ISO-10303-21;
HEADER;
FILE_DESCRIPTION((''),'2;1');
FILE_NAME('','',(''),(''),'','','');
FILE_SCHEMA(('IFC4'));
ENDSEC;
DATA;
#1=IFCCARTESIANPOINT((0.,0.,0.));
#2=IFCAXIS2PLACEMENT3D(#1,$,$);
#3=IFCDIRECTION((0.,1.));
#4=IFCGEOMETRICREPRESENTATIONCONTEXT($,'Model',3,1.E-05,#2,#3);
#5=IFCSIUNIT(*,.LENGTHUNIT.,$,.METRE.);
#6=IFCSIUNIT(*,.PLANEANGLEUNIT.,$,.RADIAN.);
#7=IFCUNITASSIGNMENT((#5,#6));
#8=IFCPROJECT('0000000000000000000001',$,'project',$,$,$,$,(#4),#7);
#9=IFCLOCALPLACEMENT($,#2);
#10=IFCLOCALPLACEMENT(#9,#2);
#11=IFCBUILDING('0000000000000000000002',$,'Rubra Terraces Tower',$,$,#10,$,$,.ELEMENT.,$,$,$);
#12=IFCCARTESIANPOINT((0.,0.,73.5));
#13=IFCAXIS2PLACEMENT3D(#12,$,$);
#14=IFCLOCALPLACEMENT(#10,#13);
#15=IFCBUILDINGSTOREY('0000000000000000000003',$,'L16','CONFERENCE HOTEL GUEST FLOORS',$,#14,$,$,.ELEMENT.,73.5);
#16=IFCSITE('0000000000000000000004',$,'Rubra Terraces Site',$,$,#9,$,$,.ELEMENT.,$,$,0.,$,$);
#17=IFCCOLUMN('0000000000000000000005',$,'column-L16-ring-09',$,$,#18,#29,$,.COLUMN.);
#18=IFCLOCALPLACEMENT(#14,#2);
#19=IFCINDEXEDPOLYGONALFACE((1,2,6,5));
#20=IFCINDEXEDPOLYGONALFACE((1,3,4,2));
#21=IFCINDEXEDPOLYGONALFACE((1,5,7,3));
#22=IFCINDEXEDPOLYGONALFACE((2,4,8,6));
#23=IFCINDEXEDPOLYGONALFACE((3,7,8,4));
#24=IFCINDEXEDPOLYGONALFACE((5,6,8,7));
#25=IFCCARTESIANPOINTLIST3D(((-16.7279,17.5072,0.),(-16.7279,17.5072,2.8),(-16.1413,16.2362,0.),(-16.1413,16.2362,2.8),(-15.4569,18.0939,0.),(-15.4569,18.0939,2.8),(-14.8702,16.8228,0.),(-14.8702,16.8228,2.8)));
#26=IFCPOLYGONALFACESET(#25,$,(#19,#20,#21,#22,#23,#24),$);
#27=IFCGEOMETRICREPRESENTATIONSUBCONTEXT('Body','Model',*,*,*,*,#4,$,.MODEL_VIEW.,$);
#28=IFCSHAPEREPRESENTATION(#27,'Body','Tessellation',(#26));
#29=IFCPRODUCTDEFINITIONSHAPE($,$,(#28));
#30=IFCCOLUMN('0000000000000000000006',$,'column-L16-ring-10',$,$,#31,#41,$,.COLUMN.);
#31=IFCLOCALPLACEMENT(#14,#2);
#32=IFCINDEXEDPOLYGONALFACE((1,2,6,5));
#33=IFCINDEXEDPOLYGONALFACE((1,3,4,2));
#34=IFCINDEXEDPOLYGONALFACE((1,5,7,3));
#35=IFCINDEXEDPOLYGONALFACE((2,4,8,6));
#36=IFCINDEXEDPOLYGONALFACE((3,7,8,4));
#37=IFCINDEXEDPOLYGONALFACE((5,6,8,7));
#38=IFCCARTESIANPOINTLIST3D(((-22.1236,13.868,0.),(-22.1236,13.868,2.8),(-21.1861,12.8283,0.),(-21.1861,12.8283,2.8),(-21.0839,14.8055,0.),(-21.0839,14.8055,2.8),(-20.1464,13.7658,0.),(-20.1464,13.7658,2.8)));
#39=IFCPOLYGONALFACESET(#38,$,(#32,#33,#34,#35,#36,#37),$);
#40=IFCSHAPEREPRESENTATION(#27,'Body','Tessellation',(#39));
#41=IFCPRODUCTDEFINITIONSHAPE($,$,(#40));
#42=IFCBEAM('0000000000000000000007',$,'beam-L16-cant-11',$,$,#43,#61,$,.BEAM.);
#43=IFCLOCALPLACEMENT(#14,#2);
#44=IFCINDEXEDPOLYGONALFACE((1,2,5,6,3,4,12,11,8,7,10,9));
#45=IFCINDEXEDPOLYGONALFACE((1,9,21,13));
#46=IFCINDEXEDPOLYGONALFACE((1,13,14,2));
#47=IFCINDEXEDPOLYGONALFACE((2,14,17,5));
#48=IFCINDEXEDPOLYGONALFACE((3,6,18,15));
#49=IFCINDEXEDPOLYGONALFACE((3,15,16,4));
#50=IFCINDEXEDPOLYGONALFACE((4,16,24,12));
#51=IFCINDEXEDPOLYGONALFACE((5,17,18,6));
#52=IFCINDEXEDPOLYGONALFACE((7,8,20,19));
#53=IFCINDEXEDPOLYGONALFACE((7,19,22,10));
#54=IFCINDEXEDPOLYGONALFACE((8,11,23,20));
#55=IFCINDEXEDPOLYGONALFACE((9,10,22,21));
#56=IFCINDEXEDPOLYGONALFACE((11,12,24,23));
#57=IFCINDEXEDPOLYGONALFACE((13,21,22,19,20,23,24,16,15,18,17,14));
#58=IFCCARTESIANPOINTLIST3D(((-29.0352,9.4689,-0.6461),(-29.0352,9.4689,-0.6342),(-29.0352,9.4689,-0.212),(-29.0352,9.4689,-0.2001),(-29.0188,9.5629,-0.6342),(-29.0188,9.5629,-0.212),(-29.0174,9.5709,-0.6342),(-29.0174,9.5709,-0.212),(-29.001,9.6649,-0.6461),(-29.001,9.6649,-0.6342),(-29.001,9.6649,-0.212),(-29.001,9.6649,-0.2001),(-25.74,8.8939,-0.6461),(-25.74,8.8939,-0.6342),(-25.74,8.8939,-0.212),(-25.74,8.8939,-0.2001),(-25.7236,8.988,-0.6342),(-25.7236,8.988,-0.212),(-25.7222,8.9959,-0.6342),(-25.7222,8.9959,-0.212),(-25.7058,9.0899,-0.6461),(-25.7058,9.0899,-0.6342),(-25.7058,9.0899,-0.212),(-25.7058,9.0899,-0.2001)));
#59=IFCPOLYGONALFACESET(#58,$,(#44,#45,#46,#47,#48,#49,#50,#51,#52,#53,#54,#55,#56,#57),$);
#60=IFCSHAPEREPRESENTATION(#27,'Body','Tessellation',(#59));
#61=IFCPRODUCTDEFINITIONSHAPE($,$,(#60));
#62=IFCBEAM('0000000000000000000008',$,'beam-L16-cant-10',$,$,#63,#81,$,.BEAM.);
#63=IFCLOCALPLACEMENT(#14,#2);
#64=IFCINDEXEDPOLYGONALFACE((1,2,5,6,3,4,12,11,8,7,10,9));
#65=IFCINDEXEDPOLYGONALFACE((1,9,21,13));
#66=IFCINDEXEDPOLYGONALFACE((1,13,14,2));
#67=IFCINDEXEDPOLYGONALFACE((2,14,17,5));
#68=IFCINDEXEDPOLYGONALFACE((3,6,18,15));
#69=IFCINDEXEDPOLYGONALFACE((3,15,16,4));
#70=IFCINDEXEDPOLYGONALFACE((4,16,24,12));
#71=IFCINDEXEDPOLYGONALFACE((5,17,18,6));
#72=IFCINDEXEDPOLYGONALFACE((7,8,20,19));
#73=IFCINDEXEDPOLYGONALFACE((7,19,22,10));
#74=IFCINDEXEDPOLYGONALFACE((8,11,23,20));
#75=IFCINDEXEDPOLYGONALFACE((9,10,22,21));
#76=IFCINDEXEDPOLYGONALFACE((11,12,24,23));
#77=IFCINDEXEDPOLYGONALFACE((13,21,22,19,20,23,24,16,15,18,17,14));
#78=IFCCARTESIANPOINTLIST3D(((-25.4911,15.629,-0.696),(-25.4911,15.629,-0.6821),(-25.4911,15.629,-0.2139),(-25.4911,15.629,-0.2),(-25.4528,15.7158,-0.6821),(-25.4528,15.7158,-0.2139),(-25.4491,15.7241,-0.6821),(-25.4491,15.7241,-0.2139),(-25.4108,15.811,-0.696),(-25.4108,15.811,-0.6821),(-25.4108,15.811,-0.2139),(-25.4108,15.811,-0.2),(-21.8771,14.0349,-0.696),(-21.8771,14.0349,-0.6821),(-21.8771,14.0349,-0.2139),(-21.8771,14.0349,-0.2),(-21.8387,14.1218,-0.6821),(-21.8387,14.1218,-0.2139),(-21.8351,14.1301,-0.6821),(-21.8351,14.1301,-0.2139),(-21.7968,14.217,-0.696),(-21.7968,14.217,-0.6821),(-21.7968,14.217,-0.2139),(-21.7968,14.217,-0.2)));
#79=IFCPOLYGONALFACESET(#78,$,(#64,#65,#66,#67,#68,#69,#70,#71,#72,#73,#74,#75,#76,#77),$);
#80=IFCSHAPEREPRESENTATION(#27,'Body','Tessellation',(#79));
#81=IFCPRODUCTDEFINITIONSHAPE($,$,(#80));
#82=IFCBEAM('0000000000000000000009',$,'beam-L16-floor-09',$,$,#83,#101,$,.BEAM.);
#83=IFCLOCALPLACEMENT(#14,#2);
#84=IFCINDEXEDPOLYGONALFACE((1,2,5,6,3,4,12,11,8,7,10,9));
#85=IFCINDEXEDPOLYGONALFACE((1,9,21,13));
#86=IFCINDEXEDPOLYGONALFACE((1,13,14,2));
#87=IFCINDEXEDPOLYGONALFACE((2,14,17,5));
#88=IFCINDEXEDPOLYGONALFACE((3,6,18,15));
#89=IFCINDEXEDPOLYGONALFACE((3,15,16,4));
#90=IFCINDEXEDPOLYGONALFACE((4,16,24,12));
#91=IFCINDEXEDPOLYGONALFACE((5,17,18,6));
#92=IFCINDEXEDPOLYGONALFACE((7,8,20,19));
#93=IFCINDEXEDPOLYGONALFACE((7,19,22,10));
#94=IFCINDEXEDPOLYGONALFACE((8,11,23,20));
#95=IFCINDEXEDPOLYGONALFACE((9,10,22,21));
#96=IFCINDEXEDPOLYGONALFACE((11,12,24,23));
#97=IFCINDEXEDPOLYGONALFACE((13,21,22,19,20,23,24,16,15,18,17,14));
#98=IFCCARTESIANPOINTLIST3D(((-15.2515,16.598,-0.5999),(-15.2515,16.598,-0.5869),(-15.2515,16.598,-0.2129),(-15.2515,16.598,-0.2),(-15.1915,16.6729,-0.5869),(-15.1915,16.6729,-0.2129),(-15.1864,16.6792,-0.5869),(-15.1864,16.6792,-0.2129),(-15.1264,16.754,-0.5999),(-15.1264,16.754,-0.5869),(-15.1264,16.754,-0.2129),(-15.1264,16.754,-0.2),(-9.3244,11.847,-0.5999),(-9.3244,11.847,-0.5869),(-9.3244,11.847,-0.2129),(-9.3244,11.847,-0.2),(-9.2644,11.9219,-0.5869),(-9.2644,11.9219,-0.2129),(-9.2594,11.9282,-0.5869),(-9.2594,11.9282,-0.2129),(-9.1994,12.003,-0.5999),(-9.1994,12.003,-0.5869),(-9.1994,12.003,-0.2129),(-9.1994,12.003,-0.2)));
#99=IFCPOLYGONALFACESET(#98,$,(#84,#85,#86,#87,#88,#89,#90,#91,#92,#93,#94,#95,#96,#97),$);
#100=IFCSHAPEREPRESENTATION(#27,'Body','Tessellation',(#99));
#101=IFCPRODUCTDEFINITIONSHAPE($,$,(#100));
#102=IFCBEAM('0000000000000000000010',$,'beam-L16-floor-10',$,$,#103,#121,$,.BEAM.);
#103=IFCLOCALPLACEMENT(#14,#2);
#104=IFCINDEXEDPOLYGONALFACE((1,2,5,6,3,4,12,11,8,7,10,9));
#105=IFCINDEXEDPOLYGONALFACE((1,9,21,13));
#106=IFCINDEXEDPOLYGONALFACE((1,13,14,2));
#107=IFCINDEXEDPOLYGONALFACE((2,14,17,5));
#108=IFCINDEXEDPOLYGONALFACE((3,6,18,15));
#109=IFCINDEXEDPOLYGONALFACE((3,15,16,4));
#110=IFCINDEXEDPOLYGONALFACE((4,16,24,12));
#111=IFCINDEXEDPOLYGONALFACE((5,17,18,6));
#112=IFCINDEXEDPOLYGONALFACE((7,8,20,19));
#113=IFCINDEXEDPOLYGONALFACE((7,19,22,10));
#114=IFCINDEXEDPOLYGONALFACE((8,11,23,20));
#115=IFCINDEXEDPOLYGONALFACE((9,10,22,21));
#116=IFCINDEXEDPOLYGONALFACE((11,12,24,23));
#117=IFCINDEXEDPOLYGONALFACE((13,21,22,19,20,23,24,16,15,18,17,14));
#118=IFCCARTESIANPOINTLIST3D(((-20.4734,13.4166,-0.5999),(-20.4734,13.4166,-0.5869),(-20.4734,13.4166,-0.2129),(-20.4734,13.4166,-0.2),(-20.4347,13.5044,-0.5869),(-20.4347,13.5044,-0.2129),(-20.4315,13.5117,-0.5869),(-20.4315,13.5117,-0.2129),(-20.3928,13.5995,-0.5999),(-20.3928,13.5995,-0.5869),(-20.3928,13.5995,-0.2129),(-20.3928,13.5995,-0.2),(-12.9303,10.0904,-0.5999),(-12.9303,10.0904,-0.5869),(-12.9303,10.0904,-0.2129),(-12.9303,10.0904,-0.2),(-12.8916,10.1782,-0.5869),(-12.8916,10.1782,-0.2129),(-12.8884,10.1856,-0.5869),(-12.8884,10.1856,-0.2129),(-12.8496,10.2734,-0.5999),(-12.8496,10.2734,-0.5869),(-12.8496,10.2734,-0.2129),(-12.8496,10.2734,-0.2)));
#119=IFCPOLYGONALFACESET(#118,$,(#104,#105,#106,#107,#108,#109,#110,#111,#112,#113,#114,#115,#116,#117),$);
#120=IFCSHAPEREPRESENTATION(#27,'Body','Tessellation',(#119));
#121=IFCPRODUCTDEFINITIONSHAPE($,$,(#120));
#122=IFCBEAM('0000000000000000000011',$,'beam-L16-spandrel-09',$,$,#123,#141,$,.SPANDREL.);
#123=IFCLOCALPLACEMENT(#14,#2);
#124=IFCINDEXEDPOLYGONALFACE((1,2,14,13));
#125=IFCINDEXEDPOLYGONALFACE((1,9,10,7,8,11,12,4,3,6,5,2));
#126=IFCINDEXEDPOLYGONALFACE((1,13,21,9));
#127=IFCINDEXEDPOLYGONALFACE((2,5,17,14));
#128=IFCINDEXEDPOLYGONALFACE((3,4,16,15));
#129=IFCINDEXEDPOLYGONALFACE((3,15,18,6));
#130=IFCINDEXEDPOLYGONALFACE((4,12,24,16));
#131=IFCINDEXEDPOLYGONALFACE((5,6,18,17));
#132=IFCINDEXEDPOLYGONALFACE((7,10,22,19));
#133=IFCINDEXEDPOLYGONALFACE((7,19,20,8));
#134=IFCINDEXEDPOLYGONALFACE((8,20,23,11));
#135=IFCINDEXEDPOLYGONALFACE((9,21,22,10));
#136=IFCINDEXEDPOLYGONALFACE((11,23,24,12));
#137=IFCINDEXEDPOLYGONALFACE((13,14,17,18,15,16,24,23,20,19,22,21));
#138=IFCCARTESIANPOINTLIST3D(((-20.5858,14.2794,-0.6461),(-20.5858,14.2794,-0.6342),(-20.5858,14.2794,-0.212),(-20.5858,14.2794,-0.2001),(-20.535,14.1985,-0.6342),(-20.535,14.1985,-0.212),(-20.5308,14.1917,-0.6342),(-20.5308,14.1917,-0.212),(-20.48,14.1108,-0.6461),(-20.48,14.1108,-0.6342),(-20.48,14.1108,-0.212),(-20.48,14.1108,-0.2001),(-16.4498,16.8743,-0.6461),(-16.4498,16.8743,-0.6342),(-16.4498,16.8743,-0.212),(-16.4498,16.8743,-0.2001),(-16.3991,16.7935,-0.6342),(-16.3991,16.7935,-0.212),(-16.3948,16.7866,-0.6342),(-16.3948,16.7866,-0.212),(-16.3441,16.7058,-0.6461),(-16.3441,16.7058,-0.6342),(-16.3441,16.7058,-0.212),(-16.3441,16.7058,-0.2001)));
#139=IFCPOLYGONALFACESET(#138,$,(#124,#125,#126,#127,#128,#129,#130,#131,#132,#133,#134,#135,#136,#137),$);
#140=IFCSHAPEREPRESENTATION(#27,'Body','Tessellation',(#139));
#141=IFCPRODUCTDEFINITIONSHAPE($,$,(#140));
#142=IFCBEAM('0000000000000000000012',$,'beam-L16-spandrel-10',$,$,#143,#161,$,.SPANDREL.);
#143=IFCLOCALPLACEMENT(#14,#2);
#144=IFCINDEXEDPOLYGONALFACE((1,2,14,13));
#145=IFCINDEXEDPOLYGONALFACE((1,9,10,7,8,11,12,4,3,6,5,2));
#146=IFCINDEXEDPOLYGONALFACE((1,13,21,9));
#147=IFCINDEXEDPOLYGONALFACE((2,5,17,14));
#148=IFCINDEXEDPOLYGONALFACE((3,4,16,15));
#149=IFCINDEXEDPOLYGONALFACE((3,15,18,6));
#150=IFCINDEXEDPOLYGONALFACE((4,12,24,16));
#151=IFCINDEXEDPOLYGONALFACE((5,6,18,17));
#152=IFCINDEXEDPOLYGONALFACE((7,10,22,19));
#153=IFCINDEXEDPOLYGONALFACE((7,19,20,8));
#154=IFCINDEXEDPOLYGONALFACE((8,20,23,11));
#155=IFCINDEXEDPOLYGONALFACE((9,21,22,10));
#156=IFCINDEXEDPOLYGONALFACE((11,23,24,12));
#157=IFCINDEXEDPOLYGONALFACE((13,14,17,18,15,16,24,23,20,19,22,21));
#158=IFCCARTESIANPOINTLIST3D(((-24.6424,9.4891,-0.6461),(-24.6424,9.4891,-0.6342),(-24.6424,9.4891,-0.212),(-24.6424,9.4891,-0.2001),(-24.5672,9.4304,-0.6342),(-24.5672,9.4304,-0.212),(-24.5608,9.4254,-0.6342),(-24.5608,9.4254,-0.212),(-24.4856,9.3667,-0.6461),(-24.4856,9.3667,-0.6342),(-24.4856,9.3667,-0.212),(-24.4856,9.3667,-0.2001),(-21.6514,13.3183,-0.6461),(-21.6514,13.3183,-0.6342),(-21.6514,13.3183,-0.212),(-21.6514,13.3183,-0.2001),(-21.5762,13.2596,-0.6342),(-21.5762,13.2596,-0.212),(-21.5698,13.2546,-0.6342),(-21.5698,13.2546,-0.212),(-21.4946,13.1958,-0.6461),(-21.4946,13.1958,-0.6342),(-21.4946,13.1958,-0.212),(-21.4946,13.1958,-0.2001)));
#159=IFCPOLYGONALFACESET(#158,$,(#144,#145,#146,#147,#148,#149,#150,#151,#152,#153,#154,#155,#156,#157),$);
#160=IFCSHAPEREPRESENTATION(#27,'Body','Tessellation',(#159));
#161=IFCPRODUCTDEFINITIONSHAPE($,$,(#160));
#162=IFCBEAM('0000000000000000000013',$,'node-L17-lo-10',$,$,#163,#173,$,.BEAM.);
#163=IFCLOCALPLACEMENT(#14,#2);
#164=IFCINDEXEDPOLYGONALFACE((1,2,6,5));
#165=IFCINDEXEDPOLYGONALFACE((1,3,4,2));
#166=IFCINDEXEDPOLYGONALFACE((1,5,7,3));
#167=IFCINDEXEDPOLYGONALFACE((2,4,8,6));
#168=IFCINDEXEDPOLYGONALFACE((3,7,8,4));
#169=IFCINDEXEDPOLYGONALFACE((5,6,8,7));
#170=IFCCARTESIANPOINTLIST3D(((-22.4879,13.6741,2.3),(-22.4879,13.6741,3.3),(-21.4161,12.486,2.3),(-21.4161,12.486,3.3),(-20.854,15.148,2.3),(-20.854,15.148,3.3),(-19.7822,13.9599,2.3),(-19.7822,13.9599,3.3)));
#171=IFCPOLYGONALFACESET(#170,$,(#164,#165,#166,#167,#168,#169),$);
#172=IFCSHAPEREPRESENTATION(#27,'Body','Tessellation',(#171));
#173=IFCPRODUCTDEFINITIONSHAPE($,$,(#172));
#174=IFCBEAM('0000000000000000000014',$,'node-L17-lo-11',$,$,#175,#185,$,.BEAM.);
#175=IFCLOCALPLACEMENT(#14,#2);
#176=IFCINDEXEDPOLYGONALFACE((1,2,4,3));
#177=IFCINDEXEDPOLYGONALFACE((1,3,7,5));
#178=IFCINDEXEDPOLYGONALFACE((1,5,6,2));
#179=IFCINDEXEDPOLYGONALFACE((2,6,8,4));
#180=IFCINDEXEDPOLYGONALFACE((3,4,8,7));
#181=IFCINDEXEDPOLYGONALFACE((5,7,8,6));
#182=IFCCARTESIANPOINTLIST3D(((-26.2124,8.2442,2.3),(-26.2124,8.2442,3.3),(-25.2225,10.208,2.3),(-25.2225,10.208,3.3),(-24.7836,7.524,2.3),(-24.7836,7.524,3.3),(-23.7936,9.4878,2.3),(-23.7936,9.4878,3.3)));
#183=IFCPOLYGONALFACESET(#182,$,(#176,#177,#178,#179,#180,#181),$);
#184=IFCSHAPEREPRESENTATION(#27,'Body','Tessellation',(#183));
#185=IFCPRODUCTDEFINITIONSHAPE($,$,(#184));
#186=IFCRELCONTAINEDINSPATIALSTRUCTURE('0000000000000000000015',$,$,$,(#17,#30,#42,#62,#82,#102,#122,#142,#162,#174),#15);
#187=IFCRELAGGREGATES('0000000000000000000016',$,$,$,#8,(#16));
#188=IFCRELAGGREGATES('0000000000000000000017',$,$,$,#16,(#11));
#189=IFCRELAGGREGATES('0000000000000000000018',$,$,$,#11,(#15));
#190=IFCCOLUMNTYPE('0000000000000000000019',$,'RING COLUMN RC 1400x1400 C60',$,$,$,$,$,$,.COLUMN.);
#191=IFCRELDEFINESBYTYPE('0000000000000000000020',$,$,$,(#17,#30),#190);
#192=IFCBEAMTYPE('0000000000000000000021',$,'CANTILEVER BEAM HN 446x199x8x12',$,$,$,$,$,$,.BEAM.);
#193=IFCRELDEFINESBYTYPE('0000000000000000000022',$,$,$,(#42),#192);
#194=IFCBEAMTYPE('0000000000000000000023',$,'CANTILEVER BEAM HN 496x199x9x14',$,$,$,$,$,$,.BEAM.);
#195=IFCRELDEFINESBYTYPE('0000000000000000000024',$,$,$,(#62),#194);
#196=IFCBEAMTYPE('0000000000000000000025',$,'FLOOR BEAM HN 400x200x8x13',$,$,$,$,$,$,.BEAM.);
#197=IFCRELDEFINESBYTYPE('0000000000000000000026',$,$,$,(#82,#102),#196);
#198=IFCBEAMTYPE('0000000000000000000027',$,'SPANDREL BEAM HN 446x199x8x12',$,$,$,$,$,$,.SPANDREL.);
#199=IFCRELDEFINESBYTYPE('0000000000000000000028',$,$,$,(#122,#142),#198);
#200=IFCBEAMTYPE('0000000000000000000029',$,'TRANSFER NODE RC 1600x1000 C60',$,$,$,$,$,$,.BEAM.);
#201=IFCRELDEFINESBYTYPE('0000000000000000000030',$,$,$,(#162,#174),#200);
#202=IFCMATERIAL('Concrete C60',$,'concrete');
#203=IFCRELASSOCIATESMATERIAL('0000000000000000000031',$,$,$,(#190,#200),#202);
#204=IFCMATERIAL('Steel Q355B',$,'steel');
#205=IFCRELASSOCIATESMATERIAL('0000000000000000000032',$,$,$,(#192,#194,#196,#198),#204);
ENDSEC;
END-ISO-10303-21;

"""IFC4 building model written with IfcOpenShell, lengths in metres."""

from ifc_helpers import new_model, si_unit, direction, frame, origin, origin_2d, place, context, subcontext, project, spatial, rectangle, i_section, extrude, material, material_profile, profile_set, type_object, element, save


model = new_model("IFC4")

# Units and contexts
model_context = context("Model", 3, precision=1e-05, world=origin(), true_north=direction((0.0, 1.0)))
body_context = subcontext(model_context, "Body", "Model", "MODEL_VIEW")
ifc_project = project(units=[si_unit("LENGTHUNIT", "METRE"), si_unit("PLANEANGLEUNIT", "RADIAN")], contexts=[model_context])

# Site, building, storey
site_placement = place(None, origin())
site = spatial("IfcSite", under=ifc_project, at=site_placement, Name="Rubra Terraces Site", CompositionType="ELEMENT", RefElevation=0.0)
building_placement = place(site_placement, origin())
building = spatial("IfcBuilding", under=site, at=building_placement, Name="Rubra Terraces Tower", CompositionType="ELEMENT")
storey_placement = place(building_placement, frame((0.0, 0.0, 73.5)))
storey = spatial("IfcBuildingStorey", under=building, at=storey_placement, Name="L16", Description="CONFERENCE HOTEL GUEST FLOORS", CompositionType="ELEMENT", Elevation=73.5)

# Columns
ifc_material_1 = material(Name="Concrete C60", Category="concrete")
ifc_material_profile_1 = material_profile(ifc_material_1, rectangle(XDim=1.3999, YDim=1.3999, at=origin_2d()), Name="RC 1400x1400")
ifc_profile_set_1 = profile_set([ifc_material_profile_1], Name="Concrete C60")
column_type = type_object("IfcColumnType", Name="RING COLUMN RC 1400x1400 C60", PredefinedType="COLUMN", material=ifc_profile_set_1)
for number, where, z_axis, x_axis, name in (
    (1, (-15.7991, 17.165, 0.0), (0.0, 0.0, 1.0), (-0.907952, -0.419073, 0.0), "column-L16-ring-09"),
    (2, (-21.135, 13.8169, 0.0), (0.0, 0.0, 1.0), (-0.742676, -0.669651, 0.0), "column-L16-ring-10"),
):
    element("IfcColumn", number, at=place(storey_placement, frame(where, z_axis=z_axis, x_axis=x_axis)), inside=storey, type_object=column_type, Name=name, PredefinedType="COLUMN", context=body_context, shape_type="SweptSolid", body=[
        extrude(rectangle(XDim=1.3999, YDim=1.3999, at=origin_2d()), origin(), (0.0, 0.0, 1.0), 2.8),
    ])

# Beams
ifc_material_2 = material(Name="Steel Q355B", Category="steel")
ifc_material_profile_2 = material_profile(ifc_material_2, i_section(OverallWidth=0.199, OverallDepth=0.446, WebThickness=0.0081, FlangeThickness=0.012, at=origin_2d()), Name="HN 446x199x8x12")
ifc_profile_set_2 = profile_set([ifc_material_profile_2], Name="Steel Q355B")
beam_type_1 = type_object("IfcBeamType", Name="CANTILEVER BEAM HN 446x199x8x12", PredefinedType="BEAM", material=ifc_profile_set_2)
beam_1_placement = place(storey_placement, frame((-25.7229, 8.9919, -0.4231), z_axis=(-0.985117, 0.171886, 0.0), x_axis=(-0.171886, -0.985117, 0.0)))
element("IfcBeam", 3, at=beam_1_placement, inside=storey, type_object=beam_type_1, Name="beam-L16-cant-11", PredefinedType="BEAM", context=body_context, shape_type="SweptSolid", body=[
    extrude(i_section(OverallWidth=0.199, OverallDepth=0.446, WebThickness=0.0081, FlangeThickness=0.012, at=origin_2d()), origin(), (0.0, 0.0, 1.0), 3.345),
])
ifc_material_profile_3 = material_profile(ifc_material_2, i_section(OverallWidth=0.199, OverallDepth=0.4961, WebThickness=0.009, FlangeThickness=0.0139, at=origin_2d()), Name="HN 496x199x9x14")
ifc_profile_set_3 = profile_set([ifc_material_profile_3], Name="Steel Q355B")
beam_type_2 = type_object("IfcBeamType", Name="CANTILEVER BEAM HN 496x199x9x14", PredefinedType="BEAM", material=ifc_profile_set_3)
beam_2_placement = place(storey_placement, frame((-21.8369, 14.126, -0.448), z_axis=(-0.914957, 0.40355, 0.0), x_axis=(-0.40355, -0.914957, 0.0)))
element("IfcBeam", 4, at=beam_2_placement, inside=storey, type_object=beam_type_2, Name="beam-L16-cant-10", PredefinedType="BEAM", context=body_context, shape_type="SweptSolid", body=[
    extrude(i_section(OverallWidth=0.199, OverallDepth=0.4961, WebThickness=0.009, FlangeThickness=0.0139, at=origin_2d()), origin(), (0.0, 0.0, 1.0), 3.95),
])
ifc_material_profile_4 = material_profile(ifc_material_2, i_section(OverallWidth=0.2, OverallDepth=0.3999, WebThickness=0.0081, FlangeThickness=0.0129, at=origin_2d()), Name="HN 400x200x8x13")
ifc_profile_set_4 = profile_set([ifc_material_profile_4], Name="Steel Q355B")
beam_type_3 = type_object("IfcBeamType", Name="FLOOR BEAM HN 400x200x8x13", PredefinedType="BEAM", material=ifc_profile_set_4)
beam_3_placement = place(storey_placement, frame((-15.189, 16.676, -0.3999), z_axis=(0.780266, -0.625447, 0.0), x_axis=(0.625447, 0.780266, 0.0)))
element("IfcBeam", 5, at=beam_3_placement, inside=storey, type_object=beam_type_3, Name="beam-L16-floor-09", PredefinedType="BEAM", context=body_context, shape_type="SweptSolid", body=[
    extrude(i_section(OverallWidth=0.2, OverallDepth=0.3999, WebThickness=0.0081, FlangeThickness=0.0129, at=origin_2d()), origin(), (0.0, 0.0, 1.0), 7.5962),
])
beam_4_placement = place(storey_placement, frame((-20.4331, 13.5081, -0.3999), z_axis=(0.914995, -0.403466, 0.0), x_axis=(0.403466, 0.914995, 0.0)))
element("IfcBeam", 6, at=beam_4_placement, inside=storey, type_object=beam_type_3, Name="beam-L16-floor-10", PredefinedType="BEAM", context=body_context, shape_type="SweptSolid", body=[
    extrude(i_section(OverallWidth=0.2, OverallDepth=0.3999, WebThickness=0.0081, FlangeThickness=0.0129, at=origin_2d()), origin(), (0.0, 0.0, 1.0), 8.2439),
])
ifc_material_profile_5 = material_profile(ifc_material_2, i_section(OverallWidth=0.199, OverallDepth=0.446, WebThickness=0.0081, FlangeThickness=0.012, at=origin_2d()), Name="HN 446x199x8x12")
ifc_profile_set_5 = profile_set([ifc_material_profile_5], Name="Steel Q355B")
beam_type_4 = type_object("IfcBeamType", Name="SPANDREL BEAM HN 446x199x8x12", PredefinedType="SPANDREL", material=ifc_profile_set_5)
beam_5_placement = place(storey_placement, frame((-16.397, 16.79, -0.4231), z_axis=(-0.847078, -0.531468, 0.0), x_axis=(0.531468, -0.847078, 0.0)))
element("IfcBeam", 7, at=beam_5_placement, inside=storey, type_object=beam_type_4, Name="beam-L16-spandrel-09", PredefinedType="SPANDREL", context=body_context, shape_type="SweptSolid", body=[
    extrude(i_section(OverallWidth=0.199, OverallDepth=0.446, WebThickness=0.0081, FlangeThickness=0.012, at=origin_2d()), origin(), (0.0, 0.0, 1.0), 4.8826),
])
beam_6_placement = place(storey_placement, frame((-21.573, 13.2571, -0.4231), z_axis=(-0.615578, -0.788076, 0.0), x_axis=(0.788076, -0.615578, 0.0)))
element("IfcBeam", 8, at=beam_6_placement, inside=storey, type_object=beam_type_4, Name="beam-L16-spandrel-10", PredefinedType="SPANDREL", context=body_context, shape_type="SweptSolid", body=[
    extrude(i_section(OverallWidth=0.199, OverallDepth=0.446, WebThickness=0.0081, FlangeThickness=0.012, at=origin_2d()), origin(), (0.0, 0.0, 1.0), 4.8589),
])
ifc_material_profile_6 = material_profile(ifc_material_1, rectangle(XDim=1.6001, YDim=1.0, at=origin_2d()), Name="RC 1600x1000")
ifc_profile_set_6 = profile_set([ifc_material_profile_6], Name="Concrete C60")
beam_type_5 = type_object("IfcBeamType", Name="TRANSFER NODE RC 1600x1000 C60", PredefinedType="BEAM", material=ifc_profile_set_6)
beam_7_placement = place(storey_placement, frame((-20.3181, 14.554, 2.8), z_axis=(-0.74251, -0.669835, 0.0), x_axis=(0.669835, -0.74251, 0.0)))
element("IfcBeam", 9, at=beam_7_placement, inside=storey, type_object=beam_type_5, Name="node-L17-lo-10", PredefinedType="BEAM", context=body_context, shape_type="SweptSolid", body=[
    extrude(rectangle(XDim=1.6001, YDim=1.0, at=origin_2d()), origin(), (0.0, 0.0, 1.0), 2.2004),
])
beam_8_placement = place(storey_placement, frame((-24.5081, 9.8479, 2.8), z_axis=(-0.450142, -0.892957, 0.0), x_axis=(0.892957, -0.450142, 0.0)))
element("IfcBeam", 10, at=beam_8_placement, inside=storey, type_object=beam_type_5, Name="node-L17-lo-11", PredefinedType="BEAM", context=body_context, shape_type="SweptSolid", body=[
    extrude(rectangle(XDim=1.6001, YDim=1.0, at=origin_2d()), origin(), (0.0, 0.0, 1.0), 2.1992),
])

save(model, "model.ifc")
